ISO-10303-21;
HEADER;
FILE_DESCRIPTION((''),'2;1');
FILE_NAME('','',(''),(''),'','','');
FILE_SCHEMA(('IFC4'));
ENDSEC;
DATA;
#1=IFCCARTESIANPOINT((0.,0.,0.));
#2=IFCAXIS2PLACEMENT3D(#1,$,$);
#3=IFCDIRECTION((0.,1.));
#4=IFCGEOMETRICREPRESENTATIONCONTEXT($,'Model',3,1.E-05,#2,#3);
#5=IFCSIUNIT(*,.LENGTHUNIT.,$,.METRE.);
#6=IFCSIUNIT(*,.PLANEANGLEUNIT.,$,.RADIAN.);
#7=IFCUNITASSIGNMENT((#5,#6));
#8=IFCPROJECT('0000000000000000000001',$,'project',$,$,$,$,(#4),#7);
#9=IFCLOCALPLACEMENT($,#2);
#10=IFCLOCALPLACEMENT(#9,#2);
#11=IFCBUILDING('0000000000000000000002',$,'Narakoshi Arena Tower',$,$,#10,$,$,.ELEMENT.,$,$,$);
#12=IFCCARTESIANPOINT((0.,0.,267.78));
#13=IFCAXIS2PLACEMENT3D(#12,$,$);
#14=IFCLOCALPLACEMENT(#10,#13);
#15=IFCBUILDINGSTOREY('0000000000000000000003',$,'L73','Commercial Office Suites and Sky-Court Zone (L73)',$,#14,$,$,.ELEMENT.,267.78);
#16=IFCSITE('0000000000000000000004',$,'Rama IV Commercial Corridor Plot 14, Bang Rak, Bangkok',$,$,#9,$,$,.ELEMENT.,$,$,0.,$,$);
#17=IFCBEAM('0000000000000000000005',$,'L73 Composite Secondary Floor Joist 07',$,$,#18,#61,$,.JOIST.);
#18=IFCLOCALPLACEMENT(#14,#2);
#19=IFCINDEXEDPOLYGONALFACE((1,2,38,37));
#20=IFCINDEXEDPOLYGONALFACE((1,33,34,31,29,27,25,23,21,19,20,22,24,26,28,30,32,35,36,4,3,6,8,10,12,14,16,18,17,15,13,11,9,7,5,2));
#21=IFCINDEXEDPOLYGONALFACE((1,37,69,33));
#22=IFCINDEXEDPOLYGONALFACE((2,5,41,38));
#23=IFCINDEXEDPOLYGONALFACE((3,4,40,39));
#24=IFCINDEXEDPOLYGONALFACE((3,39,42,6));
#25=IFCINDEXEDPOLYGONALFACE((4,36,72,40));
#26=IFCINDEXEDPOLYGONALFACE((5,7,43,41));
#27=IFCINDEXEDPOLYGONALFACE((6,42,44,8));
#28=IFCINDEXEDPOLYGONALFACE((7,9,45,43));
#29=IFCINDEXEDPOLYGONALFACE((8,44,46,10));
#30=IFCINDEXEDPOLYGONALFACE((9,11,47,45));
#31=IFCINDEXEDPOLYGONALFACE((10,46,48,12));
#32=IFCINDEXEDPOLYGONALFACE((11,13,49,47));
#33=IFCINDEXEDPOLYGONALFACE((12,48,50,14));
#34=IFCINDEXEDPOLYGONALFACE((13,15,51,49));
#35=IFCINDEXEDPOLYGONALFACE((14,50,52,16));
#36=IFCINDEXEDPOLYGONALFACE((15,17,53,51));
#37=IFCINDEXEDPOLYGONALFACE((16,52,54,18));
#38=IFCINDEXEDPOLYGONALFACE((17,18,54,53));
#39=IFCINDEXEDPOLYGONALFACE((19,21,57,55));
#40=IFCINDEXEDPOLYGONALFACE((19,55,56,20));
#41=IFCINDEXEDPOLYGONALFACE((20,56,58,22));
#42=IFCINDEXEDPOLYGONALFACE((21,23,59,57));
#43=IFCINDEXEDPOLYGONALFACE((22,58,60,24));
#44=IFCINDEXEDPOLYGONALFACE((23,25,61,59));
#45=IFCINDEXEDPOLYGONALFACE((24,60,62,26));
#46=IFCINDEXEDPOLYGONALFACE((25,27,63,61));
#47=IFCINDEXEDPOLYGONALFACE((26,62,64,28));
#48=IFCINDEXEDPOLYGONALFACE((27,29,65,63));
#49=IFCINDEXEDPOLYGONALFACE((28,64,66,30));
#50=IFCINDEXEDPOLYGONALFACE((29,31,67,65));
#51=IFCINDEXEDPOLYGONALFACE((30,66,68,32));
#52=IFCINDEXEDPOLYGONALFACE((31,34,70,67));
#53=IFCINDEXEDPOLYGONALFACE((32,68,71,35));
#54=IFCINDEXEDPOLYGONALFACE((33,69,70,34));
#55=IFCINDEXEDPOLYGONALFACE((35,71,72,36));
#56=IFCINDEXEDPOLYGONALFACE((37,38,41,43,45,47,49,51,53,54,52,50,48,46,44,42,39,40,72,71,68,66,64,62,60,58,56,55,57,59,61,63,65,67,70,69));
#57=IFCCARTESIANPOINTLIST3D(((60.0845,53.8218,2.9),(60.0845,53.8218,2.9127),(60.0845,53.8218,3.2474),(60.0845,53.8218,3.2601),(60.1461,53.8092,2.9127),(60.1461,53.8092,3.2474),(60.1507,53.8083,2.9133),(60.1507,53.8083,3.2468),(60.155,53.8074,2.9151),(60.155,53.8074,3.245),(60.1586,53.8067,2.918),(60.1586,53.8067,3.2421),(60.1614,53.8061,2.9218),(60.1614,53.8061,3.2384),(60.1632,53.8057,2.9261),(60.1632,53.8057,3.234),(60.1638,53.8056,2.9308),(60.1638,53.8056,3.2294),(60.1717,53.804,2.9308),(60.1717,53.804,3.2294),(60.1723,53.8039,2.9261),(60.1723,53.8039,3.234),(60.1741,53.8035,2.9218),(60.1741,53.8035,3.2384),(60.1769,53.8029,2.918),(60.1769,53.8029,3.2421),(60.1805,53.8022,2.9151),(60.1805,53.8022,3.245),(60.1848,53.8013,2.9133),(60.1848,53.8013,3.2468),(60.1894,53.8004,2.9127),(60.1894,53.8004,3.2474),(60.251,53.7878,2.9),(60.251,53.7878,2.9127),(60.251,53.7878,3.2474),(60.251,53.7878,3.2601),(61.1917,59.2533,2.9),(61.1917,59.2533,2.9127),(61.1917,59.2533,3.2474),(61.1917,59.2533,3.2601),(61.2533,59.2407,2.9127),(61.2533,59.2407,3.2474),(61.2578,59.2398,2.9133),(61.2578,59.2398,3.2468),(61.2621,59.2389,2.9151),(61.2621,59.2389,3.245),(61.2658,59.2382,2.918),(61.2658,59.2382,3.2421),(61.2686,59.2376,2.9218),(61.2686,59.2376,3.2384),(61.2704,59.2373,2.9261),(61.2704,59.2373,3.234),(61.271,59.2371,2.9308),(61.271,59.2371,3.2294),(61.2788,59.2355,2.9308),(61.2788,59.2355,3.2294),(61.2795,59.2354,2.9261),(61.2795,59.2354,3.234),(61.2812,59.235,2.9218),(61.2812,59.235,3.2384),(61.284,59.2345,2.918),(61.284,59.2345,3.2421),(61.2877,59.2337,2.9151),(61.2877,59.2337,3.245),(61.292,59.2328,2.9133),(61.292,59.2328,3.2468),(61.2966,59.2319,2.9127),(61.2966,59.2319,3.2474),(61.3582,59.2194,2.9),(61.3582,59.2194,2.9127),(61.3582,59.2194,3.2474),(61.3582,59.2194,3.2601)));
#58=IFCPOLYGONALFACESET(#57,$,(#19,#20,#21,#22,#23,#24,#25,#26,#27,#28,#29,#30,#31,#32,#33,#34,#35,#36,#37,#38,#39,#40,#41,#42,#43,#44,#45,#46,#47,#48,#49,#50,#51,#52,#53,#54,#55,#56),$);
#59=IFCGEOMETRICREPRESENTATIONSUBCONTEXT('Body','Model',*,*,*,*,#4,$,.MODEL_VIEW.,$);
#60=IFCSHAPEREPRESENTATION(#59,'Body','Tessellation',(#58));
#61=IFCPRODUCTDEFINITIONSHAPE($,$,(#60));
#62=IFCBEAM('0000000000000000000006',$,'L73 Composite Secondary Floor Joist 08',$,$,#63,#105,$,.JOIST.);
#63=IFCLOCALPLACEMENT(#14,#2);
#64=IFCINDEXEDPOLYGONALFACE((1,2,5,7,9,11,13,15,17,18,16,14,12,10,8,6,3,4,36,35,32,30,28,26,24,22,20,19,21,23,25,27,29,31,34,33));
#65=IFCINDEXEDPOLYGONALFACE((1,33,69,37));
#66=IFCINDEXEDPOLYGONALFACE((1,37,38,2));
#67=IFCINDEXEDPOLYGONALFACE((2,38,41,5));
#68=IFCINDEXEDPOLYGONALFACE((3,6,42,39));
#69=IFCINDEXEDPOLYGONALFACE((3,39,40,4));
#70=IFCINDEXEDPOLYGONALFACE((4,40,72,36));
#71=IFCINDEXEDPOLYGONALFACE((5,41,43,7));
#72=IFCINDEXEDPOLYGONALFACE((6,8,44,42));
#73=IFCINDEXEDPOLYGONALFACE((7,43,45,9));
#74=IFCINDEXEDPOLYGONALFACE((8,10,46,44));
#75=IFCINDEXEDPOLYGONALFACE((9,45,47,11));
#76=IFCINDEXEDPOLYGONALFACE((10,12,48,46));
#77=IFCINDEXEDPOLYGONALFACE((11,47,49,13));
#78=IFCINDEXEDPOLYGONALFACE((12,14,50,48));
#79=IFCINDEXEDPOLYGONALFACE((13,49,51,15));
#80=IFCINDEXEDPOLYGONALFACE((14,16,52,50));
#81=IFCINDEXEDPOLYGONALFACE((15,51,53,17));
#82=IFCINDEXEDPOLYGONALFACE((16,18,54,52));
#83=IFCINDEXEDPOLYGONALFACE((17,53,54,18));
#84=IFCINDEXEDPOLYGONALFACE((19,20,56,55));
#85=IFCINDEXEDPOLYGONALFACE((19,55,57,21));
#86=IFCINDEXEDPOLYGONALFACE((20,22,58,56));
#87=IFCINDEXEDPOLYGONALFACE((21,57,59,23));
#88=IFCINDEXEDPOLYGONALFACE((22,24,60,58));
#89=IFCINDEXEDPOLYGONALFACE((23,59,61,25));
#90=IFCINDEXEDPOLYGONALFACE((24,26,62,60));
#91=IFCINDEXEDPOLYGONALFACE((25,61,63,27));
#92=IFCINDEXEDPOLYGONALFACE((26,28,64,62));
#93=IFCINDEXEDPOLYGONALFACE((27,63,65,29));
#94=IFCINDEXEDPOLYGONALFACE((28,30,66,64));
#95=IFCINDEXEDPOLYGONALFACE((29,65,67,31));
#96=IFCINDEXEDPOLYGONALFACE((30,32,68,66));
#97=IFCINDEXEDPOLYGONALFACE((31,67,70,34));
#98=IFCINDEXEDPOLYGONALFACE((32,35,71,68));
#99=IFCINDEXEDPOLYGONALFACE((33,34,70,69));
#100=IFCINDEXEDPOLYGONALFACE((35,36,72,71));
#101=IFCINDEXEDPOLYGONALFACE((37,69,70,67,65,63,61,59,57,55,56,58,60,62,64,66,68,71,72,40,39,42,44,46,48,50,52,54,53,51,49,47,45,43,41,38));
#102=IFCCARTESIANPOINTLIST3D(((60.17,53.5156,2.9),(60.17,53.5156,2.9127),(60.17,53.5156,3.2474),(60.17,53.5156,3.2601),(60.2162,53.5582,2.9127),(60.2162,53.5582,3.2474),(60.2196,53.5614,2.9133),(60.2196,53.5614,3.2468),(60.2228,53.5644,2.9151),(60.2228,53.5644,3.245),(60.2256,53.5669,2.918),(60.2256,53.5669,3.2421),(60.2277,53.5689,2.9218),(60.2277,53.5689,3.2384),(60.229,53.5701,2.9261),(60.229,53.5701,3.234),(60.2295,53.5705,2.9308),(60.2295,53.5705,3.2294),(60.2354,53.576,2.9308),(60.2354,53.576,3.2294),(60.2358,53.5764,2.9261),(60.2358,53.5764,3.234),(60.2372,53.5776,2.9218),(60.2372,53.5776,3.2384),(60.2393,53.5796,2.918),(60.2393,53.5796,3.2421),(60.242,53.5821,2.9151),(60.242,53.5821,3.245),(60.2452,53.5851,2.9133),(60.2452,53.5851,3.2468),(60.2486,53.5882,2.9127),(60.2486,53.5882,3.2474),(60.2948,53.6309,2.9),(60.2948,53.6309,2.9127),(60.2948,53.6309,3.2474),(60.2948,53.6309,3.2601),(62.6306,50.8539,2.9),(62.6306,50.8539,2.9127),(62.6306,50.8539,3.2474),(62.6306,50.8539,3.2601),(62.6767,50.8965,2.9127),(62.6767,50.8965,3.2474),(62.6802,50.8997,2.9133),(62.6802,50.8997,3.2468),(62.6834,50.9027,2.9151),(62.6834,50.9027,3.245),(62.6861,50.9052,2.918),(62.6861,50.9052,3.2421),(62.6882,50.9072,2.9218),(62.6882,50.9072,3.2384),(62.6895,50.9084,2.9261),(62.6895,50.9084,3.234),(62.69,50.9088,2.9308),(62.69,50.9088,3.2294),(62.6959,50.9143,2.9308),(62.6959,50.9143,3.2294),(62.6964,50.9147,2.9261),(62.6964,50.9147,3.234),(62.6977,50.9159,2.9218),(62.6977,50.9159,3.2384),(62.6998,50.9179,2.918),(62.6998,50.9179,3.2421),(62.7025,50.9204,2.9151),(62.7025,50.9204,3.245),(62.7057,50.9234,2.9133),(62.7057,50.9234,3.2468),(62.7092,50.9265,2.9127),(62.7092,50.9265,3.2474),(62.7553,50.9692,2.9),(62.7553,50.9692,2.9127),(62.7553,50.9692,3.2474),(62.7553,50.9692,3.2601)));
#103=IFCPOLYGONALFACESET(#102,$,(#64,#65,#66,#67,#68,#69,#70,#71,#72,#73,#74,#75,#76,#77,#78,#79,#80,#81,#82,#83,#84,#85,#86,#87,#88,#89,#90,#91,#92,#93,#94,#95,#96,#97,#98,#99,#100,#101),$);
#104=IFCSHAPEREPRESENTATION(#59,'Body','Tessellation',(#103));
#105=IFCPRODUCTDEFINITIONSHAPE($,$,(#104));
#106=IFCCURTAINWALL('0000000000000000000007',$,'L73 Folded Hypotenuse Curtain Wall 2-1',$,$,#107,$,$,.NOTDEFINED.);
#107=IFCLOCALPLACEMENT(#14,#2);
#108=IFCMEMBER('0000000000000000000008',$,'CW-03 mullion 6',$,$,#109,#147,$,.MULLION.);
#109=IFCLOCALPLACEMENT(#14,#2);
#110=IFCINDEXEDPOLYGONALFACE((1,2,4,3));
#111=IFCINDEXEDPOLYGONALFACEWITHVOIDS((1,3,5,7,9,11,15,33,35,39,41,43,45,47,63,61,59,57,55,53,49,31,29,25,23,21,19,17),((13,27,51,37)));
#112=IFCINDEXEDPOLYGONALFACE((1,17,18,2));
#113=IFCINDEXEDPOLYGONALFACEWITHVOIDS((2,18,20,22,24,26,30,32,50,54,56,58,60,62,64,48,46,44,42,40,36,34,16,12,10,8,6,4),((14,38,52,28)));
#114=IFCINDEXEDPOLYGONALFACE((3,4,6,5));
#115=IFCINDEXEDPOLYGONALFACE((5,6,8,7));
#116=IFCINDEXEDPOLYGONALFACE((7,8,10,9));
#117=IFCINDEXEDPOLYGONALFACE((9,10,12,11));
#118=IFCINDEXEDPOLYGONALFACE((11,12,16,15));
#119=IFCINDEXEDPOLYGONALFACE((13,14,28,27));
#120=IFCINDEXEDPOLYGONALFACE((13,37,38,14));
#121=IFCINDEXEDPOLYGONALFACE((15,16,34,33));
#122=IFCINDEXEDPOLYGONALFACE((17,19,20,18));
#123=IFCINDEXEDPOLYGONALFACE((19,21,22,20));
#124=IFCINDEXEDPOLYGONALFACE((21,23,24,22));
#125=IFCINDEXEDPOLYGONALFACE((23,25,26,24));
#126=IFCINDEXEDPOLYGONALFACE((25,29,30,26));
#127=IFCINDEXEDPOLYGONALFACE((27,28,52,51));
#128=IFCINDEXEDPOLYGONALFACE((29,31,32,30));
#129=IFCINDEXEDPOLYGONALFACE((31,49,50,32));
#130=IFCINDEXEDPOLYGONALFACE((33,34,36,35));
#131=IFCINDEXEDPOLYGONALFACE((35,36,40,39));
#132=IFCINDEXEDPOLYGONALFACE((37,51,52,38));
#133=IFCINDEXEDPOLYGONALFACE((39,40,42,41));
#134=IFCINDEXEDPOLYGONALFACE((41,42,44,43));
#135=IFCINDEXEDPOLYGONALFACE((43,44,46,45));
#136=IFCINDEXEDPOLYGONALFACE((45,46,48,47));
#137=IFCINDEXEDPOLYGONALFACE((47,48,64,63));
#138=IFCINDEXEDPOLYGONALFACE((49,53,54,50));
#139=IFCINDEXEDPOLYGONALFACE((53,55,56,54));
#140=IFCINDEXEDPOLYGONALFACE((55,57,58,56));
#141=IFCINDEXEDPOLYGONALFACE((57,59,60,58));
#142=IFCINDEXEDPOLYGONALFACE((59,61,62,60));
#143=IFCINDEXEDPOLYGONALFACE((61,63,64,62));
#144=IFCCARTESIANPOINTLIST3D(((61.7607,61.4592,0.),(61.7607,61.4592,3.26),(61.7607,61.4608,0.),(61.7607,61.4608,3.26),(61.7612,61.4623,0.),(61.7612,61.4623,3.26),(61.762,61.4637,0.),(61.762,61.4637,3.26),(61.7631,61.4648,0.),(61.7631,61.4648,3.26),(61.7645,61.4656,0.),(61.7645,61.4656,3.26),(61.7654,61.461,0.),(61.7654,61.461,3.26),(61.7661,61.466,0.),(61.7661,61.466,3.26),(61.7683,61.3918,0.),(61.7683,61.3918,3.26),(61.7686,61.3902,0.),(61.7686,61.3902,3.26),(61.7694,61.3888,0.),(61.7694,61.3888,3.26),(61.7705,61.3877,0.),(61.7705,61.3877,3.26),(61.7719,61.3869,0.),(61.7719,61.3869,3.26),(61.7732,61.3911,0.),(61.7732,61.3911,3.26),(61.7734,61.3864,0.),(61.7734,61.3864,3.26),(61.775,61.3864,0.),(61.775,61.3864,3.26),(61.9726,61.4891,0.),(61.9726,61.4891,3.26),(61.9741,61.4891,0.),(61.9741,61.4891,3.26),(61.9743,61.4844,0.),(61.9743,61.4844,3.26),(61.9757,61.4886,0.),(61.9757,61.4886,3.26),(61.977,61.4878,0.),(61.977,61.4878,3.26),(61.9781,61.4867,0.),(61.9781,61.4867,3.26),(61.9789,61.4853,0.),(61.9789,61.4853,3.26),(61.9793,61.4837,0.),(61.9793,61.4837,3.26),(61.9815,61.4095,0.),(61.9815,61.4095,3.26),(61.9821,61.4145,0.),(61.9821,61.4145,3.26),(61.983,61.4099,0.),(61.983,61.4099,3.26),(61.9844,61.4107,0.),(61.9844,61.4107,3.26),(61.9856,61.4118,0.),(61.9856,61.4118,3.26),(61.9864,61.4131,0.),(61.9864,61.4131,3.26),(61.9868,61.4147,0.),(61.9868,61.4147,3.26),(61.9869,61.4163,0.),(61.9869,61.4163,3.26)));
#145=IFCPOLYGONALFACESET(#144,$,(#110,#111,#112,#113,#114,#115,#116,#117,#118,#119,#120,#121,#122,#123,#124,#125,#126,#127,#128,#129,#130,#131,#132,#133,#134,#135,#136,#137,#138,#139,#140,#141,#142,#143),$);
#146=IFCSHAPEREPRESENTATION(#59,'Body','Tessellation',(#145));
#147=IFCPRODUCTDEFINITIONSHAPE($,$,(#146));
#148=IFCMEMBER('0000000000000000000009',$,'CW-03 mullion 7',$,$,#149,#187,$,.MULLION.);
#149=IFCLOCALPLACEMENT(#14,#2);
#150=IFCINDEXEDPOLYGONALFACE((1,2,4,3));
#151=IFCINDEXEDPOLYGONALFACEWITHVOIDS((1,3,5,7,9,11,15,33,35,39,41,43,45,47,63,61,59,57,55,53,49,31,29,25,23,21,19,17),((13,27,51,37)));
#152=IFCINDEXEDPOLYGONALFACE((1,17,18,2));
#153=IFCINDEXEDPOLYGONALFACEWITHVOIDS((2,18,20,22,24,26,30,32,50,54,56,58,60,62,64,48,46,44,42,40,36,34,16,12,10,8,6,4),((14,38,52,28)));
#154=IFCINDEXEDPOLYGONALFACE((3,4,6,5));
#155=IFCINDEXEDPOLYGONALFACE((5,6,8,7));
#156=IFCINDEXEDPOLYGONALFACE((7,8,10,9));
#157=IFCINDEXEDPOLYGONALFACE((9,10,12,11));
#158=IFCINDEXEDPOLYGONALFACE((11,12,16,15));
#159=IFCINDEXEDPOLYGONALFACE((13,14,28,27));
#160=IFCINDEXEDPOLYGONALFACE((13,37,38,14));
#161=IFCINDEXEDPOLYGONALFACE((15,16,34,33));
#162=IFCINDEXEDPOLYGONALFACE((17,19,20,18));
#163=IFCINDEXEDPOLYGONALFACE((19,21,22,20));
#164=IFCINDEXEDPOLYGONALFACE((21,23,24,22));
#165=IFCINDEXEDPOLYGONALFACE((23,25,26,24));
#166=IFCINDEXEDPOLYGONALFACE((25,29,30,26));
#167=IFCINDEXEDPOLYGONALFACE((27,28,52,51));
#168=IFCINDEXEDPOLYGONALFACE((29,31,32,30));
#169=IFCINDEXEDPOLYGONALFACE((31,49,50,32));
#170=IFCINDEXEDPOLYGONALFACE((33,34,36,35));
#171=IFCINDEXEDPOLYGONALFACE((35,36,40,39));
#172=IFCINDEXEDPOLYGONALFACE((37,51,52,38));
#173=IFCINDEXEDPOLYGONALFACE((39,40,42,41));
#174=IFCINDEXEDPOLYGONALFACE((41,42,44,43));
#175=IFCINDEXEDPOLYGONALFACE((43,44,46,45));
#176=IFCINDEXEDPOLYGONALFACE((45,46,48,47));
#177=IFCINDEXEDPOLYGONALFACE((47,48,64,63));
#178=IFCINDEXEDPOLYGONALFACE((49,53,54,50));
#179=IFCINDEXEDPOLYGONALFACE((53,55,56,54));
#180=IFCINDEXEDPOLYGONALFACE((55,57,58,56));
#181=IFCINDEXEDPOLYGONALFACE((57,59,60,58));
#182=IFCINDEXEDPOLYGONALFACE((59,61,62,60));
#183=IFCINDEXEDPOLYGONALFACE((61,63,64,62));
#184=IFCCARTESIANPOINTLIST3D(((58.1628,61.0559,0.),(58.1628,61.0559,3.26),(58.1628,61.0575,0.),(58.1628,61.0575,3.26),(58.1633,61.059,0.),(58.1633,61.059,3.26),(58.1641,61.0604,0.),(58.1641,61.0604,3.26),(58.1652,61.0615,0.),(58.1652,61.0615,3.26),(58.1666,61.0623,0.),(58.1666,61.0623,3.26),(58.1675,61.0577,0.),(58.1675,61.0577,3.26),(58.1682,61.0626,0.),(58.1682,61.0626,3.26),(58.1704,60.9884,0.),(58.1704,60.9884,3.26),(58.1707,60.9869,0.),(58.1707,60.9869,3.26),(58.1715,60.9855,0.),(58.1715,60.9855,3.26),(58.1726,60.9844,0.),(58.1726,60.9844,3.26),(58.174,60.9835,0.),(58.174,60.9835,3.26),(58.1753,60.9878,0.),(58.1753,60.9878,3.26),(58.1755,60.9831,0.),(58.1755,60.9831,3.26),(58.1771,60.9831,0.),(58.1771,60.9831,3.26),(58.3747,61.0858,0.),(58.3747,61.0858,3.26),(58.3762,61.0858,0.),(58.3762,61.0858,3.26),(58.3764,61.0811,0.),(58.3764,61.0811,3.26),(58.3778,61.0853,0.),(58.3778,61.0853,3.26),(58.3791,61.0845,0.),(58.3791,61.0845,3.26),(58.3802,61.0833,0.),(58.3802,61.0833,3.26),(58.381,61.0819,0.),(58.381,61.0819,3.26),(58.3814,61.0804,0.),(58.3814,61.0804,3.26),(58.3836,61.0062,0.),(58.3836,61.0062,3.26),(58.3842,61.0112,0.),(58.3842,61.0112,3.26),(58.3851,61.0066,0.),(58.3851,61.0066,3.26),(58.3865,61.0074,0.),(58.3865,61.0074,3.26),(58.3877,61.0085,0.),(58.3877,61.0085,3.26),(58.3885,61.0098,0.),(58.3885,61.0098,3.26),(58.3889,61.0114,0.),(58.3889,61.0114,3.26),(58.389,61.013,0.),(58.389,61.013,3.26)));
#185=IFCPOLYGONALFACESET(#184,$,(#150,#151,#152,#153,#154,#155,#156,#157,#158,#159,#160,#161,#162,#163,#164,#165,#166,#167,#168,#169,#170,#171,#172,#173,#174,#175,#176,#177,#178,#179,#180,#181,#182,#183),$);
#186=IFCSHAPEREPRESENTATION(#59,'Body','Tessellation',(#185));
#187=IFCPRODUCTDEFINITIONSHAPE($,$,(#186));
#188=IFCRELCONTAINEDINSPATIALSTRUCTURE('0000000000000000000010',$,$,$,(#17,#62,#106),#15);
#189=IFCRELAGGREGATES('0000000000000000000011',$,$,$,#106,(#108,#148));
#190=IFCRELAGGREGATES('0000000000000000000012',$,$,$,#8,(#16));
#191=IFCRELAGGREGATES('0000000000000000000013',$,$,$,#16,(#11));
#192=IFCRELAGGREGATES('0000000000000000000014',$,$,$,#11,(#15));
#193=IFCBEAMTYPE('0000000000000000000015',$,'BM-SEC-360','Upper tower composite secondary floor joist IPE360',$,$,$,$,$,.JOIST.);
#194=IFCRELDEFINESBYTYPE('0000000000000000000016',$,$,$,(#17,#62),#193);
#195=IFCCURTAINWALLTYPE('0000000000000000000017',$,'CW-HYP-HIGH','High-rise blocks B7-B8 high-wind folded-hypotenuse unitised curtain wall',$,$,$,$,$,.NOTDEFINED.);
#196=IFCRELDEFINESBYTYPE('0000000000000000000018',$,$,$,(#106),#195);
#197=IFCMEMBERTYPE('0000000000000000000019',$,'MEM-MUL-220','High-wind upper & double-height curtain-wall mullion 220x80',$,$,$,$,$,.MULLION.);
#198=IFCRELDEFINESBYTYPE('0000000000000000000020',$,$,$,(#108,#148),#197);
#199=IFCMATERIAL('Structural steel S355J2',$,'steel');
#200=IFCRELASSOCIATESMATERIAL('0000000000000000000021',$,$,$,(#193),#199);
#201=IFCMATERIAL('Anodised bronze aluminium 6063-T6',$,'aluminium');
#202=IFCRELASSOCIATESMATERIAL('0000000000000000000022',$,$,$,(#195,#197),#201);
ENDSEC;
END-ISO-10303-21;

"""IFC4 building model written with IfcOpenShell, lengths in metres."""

from ifc_helpers import new_model, si_unit, direction, frame, origin, origin_2d, place, context, subcontext, project, spatial, hollow_rectangle, i_section, extrude, material, material_profile, profile_set, type_object, element, aggregate, save


model = new_model("IFC4")

# Units and contexts
model_context = context("Model", 3, precision=1e-05, world=origin(), true_north=direction((0.0, 1.0)))
body_context = subcontext(model_context, "Body", "Model", "MODEL_VIEW")
ifc_project = project(units=[si_unit("LENGTHUNIT", "METRE"), si_unit("PLANEANGLEUNIT", "RADIAN")], contexts=[model_context])

# Site, building, storey
site_placement = place(None, origin())
site = spatial("IfcSite", under=ifc_project, at=site_placement, Name="Rama IV Commercial Corridor Plot 14, Bang Rak, Bangkok", CompositionType="ELEMENT", RefElevation=0.0)
building_placement = place(site_placement, origin())
building = spatial("IfcBuilding", under=site, at=building_placement, Name="Narakoshi Arena Tower", CompositionType="ELEMENT")
storey_placement = place(building_placement, frame((0.0, 0.0, 267.78)))
storey = spatial("IfcBuildingStorey", under=building, at=storey_placement, Name="L73", Description="Commercial Office Suites and Sky-Court Zone (L73)", CompositionType="ELEMENT", Elevation=267.78)

# Beams
ifc_material_1 = material(Name="Structural steel S355J2", Category="steel")
ifc_material_profile_1 = material_profile(ifc_material_1, i_section(OverallWidth=0.1699, OverallDepth=0.3601, WebThickness=0.0081, FlangeThickness=0.0127, FilletRadius=0.0181, at=origin_2d()), Name="IPE360")
ifc_profile_set_1 = profile_set([ifc_material_profile_1], Name="Structural steel S355J2")
beam_type_1 = type_object("IfcBeamType", Name="BM-SEC-360", Description="Upper tower composite secondary floor joist IPE360", PredefinedType="JOIST", material=ifc_profile_set_1)
beam_1_placement = place(storey_placement, frame((61.2749, 59.2363, 3.0801), z_axis=(-0.199731, -0.979851, 0.0), x_axis=(0.979851, -0.199731, 0.0)))
element("IfcBeam", 1, at=beam_1_placement, inside=storey, type_object=beam_type_1, Name="L73 Composite Secondary Floor Joist 07", PredefinedType="JOIST", context=body_context, shape_type="SweptSolid", body=[
    extrude(i_section(OverallWidth=0.1699, OverallDepth=0.3601, WebThickness=0.0081, FlangeThickness=0.0127, FilletRadius=0.0181, at=origin_2d()), origin(), (0.0, 0.0, 1.0), 5.5432),
])
beam_2_placement = place(storey_placement, frame((60.2324, 53.5732, 3.0801), z_axis=(0.678811, -0.734313, 0.0), x_axis=(0.734313, 0.678811, 0.0)))
element("IfcBeam", 2, at=beam_2_placement, inside=storey, type_object=beam_type_1, Name="L73 Composite Secondary Floor Joist 08", PredefinedType="JOIST", context=body_context, shape_type="SweptSolid", body=[
    extrude(i_section(OverallWidth=0.1699, OverallDepth=0.3601, WebThickness=0.0081, FlangeThickness=0.0127, FilletRadius=0.0181, at=origin_2d()), origin(), (0.0, 0.0, 1.0), 3.6248),
])

# Curtain wall, members
ifc_material_2 = material(Name="Anodised bronze aluminium 6063-T6", Category="aluminium")
curtain_wall_type = type_object("IfcCurtainWallType", Name="CW-HYP-HIGH", Description="High-rise blocks B7-B8 high-wind folded-hypotenuse unitised curtain wall", PredefinedType="NOTDEFINED", material=ifc_material_2)
curtain_wall_placement = place(storey_placement, origin())
curtain_wall = element("IfcCurtainWall", 3, at=curtain_wall_placement, inside=storey, type_object=curtain_wall_type, Name="L73 Folded Hypotenuse Curtain Wall 2-1", PredefinedType="NOTDEFINED")
ifc_material_profile_2 = material_profile(ifc_material_2, hollow_rectangle(XDim=0.0801, YDim=0.22, WallThickness=0.0049, OuterFilletRadius=0.0061, at=origin_2d()), Name="MUL220x80x5")
ifc_profile_set_2 = profile_set([ifc_material_profile_2], Name="Anodised bronze aluminium 6063-T6")
member_type_1 = type_object("IfcMemberType", Name="MEM-MUL-220", Description="High-wind upper & double-height curtain-wall mullion 220x80", PredefinedType="MULLION", material=ifc_profile_set_2)
member_1_placement = place(storey_placement, frame((61.8738, 61.4377, 0.0), z_axis=(0.0, 0.0, 1.0), x_axis=(0.111396, -0.993776, 0.0)))
member_1 = element("IfcMember", 4, at=member_1_placement, type_object=member_type_1, Name="CW-03 mullion 6", PredefinedType="MULLION", context=body_context, shape_type="SweptSolid", body=[
    extrude(hollow_rectangle(XDim=0.0801, YDim=0.22, WallThickness=0.0049, OuterFilletRadius=0.0061, at=origin_2d()), origin(), (0.0, 0.0, 1.0), 3.26),
])
member_2_placement = place(storey_placement, frame((58.2759, 61.0344, 0.0), z_axis=(0.0, 0.0, 1.0), x_axis=(0.111396, -0.993776, 0.0)))
member_2 = element("IfcMember", 5, at=member_2_placement, type_object=member_type_1, Name="CW-03 mullion 7", PredefinedType="MULLION", context=body_context, shape_type="SweptSolid", body=[
    extrude(hollow_rectangle(XDim=0.0801, YDim=0.22, WallThickness=0.0049, OuterFilletRadius=0.0061, at=origin_2d()), origin(), (0.0, 0.0, 1.0), 3.26),
])
aggregate(curtain_wall, [member_1, member_2])

save(model, "model.ifc")
